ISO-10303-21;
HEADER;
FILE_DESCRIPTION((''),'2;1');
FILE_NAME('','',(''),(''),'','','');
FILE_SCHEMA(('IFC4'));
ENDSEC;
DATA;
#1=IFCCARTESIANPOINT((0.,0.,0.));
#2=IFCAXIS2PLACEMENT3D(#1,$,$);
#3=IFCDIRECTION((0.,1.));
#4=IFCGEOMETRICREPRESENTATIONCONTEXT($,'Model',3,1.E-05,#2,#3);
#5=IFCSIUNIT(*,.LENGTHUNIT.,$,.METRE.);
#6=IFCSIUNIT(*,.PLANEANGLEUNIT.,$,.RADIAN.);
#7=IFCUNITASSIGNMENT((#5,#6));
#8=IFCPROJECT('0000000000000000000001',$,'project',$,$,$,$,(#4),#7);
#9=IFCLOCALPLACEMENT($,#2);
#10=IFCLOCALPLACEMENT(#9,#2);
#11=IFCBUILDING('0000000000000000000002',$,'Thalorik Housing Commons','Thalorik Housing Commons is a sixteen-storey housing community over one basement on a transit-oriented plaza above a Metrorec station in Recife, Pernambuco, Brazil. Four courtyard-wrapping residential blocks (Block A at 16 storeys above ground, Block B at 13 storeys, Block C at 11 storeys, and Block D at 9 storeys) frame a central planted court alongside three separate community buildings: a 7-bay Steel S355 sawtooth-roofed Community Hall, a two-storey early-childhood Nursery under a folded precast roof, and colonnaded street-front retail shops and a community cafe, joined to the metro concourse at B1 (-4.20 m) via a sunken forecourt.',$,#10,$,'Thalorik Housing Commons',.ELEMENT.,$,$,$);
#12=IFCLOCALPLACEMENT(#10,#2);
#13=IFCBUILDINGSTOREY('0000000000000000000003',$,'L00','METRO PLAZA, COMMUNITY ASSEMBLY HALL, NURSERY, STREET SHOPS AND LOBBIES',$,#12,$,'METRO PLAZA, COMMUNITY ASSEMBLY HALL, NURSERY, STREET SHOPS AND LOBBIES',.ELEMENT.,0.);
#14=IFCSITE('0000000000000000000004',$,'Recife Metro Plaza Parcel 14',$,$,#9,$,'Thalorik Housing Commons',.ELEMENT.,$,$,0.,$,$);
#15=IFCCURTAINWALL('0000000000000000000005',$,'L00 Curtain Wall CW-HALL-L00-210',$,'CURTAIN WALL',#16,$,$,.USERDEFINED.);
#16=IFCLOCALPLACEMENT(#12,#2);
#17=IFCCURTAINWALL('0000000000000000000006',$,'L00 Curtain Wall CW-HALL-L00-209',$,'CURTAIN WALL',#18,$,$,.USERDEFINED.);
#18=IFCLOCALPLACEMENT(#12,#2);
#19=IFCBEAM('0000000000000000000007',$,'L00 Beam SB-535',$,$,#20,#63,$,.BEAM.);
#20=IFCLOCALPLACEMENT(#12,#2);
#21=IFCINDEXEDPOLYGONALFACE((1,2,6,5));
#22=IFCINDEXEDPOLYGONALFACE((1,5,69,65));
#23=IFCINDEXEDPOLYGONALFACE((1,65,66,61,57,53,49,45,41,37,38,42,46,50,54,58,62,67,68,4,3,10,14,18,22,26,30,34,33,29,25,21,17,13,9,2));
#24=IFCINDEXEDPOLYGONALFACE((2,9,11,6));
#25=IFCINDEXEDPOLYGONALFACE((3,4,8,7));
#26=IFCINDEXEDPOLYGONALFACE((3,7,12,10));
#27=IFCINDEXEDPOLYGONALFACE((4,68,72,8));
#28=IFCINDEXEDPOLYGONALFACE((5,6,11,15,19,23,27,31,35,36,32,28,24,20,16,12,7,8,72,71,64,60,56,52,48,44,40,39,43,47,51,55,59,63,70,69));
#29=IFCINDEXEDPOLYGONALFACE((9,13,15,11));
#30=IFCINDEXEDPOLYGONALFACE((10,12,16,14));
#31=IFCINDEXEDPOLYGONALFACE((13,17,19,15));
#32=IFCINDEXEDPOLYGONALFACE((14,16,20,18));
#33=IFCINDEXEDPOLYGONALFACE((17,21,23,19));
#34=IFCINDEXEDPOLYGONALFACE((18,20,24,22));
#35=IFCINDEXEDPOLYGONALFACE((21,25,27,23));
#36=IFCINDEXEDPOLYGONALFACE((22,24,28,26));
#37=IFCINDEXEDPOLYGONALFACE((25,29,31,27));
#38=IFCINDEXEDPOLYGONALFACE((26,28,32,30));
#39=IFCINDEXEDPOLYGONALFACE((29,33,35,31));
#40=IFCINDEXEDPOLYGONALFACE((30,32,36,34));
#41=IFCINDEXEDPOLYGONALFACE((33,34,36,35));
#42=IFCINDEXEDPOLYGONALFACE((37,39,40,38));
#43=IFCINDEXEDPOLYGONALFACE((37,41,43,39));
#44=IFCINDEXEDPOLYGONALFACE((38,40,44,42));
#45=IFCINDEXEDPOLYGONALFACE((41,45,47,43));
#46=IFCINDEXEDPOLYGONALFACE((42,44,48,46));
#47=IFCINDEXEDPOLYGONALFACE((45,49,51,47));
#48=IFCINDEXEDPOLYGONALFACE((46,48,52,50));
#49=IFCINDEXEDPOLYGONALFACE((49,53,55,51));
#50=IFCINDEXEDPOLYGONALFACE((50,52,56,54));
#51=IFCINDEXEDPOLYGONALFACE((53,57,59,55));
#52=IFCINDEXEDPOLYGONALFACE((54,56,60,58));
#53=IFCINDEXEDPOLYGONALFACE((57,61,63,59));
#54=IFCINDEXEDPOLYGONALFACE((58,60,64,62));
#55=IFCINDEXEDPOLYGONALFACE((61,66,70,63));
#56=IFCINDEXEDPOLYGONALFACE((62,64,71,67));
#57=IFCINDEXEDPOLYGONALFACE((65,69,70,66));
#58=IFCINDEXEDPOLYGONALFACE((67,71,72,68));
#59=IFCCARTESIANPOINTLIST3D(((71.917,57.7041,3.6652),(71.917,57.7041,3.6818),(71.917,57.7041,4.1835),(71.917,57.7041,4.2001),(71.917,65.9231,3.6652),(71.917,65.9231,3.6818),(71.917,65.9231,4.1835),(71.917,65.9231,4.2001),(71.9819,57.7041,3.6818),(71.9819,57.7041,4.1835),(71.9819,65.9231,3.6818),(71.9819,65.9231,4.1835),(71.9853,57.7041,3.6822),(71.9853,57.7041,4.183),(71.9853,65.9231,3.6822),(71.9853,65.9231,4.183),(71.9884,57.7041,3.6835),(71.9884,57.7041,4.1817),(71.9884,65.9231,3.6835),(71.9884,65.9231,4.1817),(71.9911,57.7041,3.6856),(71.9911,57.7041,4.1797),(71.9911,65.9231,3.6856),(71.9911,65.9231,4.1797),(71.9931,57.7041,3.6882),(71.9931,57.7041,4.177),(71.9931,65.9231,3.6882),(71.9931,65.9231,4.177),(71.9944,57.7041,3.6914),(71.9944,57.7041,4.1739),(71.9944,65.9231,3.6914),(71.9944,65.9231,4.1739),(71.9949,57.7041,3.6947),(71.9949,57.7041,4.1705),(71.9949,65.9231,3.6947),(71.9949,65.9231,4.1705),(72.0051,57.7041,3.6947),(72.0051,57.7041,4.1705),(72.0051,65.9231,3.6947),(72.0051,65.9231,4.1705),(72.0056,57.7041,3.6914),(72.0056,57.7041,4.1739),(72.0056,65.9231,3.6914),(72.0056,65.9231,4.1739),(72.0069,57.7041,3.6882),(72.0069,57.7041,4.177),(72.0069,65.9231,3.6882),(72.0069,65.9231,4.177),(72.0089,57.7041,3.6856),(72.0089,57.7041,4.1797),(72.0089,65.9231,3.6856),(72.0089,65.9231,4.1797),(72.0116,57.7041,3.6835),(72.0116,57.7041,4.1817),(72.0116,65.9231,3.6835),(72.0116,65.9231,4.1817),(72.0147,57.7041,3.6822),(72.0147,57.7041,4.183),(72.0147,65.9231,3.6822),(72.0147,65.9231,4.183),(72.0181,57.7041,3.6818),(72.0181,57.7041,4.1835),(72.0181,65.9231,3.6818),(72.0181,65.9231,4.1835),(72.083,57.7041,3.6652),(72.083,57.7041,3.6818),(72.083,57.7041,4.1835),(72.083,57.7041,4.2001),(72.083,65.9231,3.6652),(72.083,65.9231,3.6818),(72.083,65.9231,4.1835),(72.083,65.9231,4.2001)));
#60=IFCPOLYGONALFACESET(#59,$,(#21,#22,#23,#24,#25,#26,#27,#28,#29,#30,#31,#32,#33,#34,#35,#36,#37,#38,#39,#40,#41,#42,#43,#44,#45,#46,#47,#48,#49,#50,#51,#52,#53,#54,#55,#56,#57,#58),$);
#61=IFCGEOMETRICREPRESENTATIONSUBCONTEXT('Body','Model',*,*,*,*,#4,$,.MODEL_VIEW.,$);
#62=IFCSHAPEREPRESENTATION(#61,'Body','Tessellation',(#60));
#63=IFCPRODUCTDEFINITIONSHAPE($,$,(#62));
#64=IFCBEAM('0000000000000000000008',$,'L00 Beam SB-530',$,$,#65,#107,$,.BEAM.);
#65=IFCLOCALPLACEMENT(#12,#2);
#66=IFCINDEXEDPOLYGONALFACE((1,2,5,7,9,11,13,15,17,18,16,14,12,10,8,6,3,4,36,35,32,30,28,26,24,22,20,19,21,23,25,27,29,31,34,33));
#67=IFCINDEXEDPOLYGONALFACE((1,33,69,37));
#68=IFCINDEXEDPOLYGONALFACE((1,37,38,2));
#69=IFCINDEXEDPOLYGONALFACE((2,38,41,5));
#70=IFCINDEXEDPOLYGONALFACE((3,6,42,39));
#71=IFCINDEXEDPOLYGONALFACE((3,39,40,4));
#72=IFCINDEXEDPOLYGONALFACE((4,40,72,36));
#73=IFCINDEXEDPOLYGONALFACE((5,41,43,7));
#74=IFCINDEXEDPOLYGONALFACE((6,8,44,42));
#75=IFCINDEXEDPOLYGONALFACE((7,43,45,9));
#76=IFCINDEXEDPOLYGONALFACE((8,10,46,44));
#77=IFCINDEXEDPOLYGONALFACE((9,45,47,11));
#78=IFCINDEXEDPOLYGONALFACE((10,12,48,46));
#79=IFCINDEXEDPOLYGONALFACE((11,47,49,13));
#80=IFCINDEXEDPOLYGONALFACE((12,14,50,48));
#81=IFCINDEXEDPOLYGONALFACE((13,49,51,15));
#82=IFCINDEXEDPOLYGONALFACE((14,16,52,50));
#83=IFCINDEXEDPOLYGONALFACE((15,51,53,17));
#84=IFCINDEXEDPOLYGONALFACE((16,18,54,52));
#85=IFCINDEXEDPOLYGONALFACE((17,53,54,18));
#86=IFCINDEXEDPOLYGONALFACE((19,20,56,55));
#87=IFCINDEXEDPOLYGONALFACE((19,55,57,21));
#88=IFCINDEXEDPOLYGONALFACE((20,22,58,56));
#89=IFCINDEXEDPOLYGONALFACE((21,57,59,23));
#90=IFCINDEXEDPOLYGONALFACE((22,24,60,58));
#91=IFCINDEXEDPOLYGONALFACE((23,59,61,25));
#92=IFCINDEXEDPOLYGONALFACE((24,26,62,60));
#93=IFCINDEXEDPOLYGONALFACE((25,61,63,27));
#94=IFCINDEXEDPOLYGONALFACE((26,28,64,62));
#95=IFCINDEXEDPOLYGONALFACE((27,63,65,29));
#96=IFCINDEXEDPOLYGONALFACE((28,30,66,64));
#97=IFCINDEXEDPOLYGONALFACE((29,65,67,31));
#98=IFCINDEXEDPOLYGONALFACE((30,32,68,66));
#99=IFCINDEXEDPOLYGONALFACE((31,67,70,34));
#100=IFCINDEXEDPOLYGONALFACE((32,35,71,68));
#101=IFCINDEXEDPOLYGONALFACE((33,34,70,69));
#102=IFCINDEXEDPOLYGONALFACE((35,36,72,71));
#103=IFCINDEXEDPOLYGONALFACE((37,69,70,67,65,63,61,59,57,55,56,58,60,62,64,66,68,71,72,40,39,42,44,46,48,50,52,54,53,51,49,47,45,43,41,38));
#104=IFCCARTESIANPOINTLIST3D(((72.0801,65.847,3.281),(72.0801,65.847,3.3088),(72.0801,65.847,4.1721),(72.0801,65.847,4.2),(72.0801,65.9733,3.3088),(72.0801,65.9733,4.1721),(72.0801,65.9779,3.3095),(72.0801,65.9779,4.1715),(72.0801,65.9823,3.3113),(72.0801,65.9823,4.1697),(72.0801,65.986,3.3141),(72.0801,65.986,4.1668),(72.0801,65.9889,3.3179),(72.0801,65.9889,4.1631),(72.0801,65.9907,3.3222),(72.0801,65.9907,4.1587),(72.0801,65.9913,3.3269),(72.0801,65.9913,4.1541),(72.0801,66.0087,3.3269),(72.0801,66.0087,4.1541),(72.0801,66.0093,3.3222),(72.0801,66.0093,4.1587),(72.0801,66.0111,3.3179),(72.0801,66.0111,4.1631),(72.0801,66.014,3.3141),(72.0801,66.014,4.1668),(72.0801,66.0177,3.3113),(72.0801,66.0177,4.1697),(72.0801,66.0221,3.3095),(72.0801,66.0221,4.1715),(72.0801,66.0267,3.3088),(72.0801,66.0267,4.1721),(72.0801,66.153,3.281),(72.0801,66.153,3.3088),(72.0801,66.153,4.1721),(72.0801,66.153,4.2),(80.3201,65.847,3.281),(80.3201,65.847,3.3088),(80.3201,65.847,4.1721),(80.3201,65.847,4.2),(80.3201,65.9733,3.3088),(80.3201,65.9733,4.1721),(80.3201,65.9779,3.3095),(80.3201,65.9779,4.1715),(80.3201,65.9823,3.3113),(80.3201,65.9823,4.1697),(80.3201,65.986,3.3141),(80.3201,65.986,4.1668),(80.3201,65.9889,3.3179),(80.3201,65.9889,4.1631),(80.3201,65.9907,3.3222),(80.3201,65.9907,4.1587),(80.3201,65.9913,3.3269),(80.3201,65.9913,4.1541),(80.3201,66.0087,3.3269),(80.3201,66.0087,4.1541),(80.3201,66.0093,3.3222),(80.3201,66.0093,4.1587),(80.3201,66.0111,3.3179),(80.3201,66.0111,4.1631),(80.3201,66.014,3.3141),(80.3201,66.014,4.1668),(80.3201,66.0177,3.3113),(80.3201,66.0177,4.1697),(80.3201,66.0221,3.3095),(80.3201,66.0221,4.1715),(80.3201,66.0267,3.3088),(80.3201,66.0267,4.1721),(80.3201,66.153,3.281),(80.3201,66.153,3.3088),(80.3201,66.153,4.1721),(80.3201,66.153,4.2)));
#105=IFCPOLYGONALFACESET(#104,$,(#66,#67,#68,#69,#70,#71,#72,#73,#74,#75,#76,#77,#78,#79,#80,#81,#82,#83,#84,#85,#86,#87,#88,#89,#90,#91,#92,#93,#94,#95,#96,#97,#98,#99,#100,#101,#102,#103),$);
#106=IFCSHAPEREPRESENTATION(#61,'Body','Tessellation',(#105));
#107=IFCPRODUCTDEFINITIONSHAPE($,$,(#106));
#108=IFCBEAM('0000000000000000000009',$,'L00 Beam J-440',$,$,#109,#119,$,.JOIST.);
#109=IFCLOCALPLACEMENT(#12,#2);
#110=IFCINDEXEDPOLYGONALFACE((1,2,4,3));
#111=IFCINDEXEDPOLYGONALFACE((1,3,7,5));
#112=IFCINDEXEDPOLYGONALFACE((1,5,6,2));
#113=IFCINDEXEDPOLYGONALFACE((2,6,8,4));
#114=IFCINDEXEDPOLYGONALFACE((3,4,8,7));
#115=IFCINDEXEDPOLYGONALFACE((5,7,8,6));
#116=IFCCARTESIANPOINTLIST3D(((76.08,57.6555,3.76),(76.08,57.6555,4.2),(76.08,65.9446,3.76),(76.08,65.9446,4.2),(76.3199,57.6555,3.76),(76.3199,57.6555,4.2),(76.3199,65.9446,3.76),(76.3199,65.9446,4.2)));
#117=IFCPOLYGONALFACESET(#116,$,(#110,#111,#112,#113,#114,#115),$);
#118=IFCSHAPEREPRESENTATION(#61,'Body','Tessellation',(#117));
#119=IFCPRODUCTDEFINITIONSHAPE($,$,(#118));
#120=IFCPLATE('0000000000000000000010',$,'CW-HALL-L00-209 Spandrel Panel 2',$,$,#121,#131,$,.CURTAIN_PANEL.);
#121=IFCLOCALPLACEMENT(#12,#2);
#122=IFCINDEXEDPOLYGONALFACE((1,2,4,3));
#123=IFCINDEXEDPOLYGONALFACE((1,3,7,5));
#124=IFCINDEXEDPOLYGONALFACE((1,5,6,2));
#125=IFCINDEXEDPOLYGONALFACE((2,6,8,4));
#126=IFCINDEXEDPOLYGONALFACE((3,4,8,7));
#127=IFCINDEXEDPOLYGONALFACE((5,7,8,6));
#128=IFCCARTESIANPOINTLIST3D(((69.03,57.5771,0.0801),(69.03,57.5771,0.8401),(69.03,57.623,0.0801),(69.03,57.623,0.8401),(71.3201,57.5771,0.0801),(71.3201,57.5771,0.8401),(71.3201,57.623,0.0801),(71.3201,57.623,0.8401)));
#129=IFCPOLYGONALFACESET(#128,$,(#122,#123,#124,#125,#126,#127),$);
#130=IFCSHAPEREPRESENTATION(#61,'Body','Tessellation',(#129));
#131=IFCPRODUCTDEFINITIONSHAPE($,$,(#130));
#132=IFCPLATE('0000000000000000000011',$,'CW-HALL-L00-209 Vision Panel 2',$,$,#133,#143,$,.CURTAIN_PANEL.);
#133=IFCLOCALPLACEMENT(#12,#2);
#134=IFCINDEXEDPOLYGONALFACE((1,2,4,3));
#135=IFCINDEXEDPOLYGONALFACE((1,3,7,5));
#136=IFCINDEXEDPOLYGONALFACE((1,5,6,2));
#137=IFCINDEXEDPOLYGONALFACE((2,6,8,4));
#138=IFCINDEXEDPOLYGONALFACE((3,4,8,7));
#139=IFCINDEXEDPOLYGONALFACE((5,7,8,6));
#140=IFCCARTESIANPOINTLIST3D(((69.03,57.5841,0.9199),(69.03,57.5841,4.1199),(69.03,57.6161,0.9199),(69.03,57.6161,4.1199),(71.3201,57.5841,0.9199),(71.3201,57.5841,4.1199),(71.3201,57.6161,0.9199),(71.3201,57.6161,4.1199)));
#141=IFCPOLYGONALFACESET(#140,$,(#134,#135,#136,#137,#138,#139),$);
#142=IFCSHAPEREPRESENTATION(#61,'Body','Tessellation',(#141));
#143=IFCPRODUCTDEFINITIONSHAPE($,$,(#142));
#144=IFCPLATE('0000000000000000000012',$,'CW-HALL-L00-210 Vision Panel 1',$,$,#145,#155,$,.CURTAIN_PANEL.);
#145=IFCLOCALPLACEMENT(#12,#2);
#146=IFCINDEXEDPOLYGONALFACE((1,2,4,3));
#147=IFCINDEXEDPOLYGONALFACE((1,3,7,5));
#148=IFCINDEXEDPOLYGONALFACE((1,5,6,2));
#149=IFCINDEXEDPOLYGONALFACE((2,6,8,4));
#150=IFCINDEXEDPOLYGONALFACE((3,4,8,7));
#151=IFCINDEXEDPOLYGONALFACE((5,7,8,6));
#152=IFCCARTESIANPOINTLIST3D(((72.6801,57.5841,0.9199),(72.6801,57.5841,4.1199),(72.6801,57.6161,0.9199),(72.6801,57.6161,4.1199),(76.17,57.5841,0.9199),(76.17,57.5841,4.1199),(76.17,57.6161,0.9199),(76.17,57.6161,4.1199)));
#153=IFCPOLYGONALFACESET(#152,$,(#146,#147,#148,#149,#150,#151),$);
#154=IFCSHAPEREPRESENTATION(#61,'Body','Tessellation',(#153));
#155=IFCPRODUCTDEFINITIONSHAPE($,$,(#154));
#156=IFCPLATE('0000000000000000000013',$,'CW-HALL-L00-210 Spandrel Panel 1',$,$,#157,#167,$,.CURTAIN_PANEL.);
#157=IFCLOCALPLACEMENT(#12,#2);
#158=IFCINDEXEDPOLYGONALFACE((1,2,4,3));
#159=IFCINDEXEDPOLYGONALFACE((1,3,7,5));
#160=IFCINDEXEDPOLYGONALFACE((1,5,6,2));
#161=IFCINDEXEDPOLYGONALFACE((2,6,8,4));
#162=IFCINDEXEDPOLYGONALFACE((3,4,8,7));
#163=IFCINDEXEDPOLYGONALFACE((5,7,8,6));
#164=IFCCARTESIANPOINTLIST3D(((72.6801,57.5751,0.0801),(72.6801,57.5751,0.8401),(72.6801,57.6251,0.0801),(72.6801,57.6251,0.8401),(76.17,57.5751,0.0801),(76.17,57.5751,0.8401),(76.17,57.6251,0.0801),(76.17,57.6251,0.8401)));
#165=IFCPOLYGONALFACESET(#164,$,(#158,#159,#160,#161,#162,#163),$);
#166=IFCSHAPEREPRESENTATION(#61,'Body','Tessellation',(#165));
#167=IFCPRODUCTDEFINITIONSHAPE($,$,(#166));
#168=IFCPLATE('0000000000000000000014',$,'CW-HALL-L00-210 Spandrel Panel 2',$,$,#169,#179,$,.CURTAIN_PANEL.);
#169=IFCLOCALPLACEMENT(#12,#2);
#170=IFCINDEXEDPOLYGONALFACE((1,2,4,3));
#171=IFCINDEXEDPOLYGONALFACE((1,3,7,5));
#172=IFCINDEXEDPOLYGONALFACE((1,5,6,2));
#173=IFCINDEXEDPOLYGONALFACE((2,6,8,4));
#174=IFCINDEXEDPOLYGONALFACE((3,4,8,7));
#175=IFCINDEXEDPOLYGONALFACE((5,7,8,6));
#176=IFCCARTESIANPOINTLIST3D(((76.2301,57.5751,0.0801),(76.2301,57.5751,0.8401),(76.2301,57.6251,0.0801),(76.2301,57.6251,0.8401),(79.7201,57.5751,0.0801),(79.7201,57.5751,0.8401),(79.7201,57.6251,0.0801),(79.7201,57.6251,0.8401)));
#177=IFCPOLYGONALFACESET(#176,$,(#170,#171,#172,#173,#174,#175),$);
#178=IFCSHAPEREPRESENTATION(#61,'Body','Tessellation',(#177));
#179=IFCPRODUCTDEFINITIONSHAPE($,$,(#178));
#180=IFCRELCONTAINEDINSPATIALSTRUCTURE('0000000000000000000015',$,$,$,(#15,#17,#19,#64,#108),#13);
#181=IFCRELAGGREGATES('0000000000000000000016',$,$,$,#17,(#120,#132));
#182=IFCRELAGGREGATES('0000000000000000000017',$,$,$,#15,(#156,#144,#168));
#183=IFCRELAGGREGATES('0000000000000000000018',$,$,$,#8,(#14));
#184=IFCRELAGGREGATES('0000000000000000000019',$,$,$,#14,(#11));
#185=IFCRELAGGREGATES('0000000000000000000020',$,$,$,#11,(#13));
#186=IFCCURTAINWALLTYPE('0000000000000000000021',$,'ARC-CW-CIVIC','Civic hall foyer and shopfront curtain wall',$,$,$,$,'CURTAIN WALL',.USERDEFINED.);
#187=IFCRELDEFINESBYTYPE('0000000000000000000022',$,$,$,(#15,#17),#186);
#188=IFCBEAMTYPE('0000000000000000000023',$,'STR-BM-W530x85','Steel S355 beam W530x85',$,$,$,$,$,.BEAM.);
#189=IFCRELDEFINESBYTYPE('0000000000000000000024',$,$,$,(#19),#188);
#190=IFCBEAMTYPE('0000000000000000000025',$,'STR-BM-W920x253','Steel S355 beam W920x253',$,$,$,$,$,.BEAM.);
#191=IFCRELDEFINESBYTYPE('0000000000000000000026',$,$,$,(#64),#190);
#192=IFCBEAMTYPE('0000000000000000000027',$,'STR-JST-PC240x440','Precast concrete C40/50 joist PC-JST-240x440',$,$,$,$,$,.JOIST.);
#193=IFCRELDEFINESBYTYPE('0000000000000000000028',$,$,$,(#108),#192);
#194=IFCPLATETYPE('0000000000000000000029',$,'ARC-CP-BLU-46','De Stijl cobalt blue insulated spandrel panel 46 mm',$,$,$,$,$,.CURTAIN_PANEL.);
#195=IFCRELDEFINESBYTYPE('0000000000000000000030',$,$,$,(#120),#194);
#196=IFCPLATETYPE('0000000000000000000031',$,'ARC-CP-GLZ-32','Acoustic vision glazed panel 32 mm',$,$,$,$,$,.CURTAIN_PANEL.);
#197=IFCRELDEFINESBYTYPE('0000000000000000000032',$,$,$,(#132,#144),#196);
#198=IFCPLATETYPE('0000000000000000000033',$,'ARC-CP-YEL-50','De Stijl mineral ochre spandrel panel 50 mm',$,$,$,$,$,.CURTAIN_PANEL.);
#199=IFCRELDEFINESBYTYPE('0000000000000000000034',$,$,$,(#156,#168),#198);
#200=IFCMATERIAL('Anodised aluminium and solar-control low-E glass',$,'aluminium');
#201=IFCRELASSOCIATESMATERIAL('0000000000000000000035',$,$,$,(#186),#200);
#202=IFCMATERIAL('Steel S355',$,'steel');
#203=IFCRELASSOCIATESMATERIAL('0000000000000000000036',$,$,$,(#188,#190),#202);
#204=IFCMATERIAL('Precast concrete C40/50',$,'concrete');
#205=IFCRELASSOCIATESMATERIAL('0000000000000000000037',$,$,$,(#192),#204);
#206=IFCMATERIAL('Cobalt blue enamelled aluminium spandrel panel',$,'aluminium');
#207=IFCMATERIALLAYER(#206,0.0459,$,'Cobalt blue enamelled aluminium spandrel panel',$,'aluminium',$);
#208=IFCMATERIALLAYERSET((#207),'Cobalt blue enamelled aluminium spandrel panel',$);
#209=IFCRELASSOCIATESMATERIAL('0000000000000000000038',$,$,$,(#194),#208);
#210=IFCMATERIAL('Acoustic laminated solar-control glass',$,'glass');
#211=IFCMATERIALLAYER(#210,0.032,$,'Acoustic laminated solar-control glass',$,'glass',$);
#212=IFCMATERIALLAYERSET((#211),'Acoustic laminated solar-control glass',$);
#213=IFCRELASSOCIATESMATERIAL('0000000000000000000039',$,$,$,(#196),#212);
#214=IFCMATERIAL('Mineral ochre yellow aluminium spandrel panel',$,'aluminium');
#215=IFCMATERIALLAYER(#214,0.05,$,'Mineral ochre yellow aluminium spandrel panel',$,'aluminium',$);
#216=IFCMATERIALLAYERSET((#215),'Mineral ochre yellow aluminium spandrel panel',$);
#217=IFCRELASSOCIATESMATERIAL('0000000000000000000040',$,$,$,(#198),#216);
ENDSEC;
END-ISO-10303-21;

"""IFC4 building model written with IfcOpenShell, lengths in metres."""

from ifc_helpers import new_model, si_unit, direction, frame, origin, origin_2d, place, context, subcontext, project, spatial, rectangle, i_section, extrude, material, layer, layer_set, material_profile, profile_set, type_object, element, aggregate, save


model = new_model("IFC4")

# Units and contexts
model_context = context("Model", 3, precision=1e-05, world=origin(), true_north=direction((0.0, 1.0)))
body_context = subcontext(model_context, "Body", "Model", "MODEL_VIEW")
ifc_project = project(units=[si_unit("LENGTHUNIT", "METRE"), si_unit("PLANEANGLEUNIT", "RADIAN")], contexts=[model_context])

# Site, building, storey
site_placement = place(None, origin())
site = spatial("IfcSite", under=ifc_project, at=site_placement, Name="Recife Metro Plaza Parcel 14", LongName="Thalorik Housing Commons", CompositionType="ELEMENT", RefElevation=0.0)
building_placement = place(site_placement, origin())
building = spatial("IfcBuilding", under=site, at=building_placement, Name="Thalorik Housing Commons", Description="Thalorik Housing Commons is a sixteen-storey housing community over one basement on a transit-oriented plaza above a Metrorec station in Recife, Pernambuco, Brazil. Four courtyard-wrapping residential blocks (Block A at 16 storeys above ground, Block B at 13 storeys, Block C at 11 storeys, and Block D at 9 storeys) frame a central planted court alongside three separate community buildings: a 7-bay Steel S355 sawtooth-roofed Community Hall, a two-storey early-childhood Nursery under a folded precast roof, and colonnaded street-front retail shops and a community cafe, joined to the metro concourse at B1 (-4.20 m) via a sunken forecourt.", LongName="Thalorik Housing Commons", CompositionType="ELEMENT")
storey_placement = place(building_placement, origin())
storey = spatial("IfcBuildingStorey", under=building, at=storey_placement, Name="L00", Description="METRO PLAZA, COMMUNITY ASSEMBLY HALL, NURSERY, STREET SHOPS AND LOBBIES", LongName="METRO PLAZA, COMMUNITY ASSEMBLY HALL, NURSERY, STREET SHOPS AND LOBBIES", CompositionType="ELEMENT", Elevation=0.0)

# Shared definitions
ifc_material_1 = material(Name="Steel S355", Category="steel")

# Curtain walls
ifc_material_2 = material(Name="Anodised aluminium and solar-control low-E glass", Category="aluminium")
curtain_wall_type = type_object("IfcCurtainWallType", Name="ARC-CW-CIVIC", Description="Civic hall foyer and shopfront curtain wall", ElementType="CURTAIN WALL", PredefinedType="USERDEFINED", material=ifc_material_2)
curtain_wall_1_placement = place(storey_placement, origin())
curtain_wall_1 = element("IfcCurtainWall", 1, at=curtain_wall_1_placement, inside=storey, type_object=curtain_wall_type, Name="L00 Curtain Wall CW-HALL-L00-210", ObjectType="CURTAIN WALL", PredefinedType="USERDEFINED")
curtain_wall_2_placement = place(storey_placement, origin())
curtain_wall_2 = element("IfcCurtainWall", 2, at=curtain_wall_2_placement, inside=storey, type_object=curtain_wall_type, Name="L00 Curtain Wall CW-HALL-L00-209", ObjectType="CURTAIN WALL", PredefinedType="USERDEFINED")

# Beams
ifc_material_profile_1 = material_profile(ifc_material_1, i_section(OverallWidth=0.166, OverallDepth=0.5349, WebThickness=0.0103, FlangeThickness=0.0166, FilletRadius=0.0129, at=origin_2d()), Name="W530x85", Category="steel")
ifc_profile_set_1 = profile_set([ifc_material_profile_1], Name="Steel S355")
beam_type_1 = type_object("IfcBeamType", Name="STR-BM-W530x85", Description="Steel S355 beam W530x85", PredefinedType="BEAM", material=ifc_profile_set_1)
beam_1_placement = place(storey_placement, frame((72.0, 57.7041, 3.9326), z_axis=(0.0, 1.0, 0.0), x_axis=(-1.0, 0.0, 0.0)))
element("IfcBeam", 3, at=beam_1_placement, inside=storey, type_object=beam_type_1, Name="L00 Beam SB-535", PredefinedType="BEAM", context=body_context, shape_type="SweptSolid", body=[
    extrude(i_section(OverallWidth=0.166, OverallDepth=0.5349, WebThickness=0.0103, FlangeThickness=0.0166, FilletRadius=0.0129, at=origin_2d()), origin(), (0.0, 0.0, 1.0), 8.219),
])
ifc_material_profile_2 = material_profile(ifc_material_1, i_section(OverallWidth=0.3059, OverallDepth=0.9189, WebThickness=0.0173, FlangeThickness=0.0278, FilletRadius=0.0181, at=origin_2d()), Name="W920x253", Category="steel")
ifc_profile_set_2 = profile_set([ifc_material_profile_2], Name="Steel S355")
beam_type_2 = type_object("IfcBeamType", Name="STR-BM-W920x253", Description="Steel S355 beam W920x253", PredefinedType="BEAM", material=ifc_profile_set_2)
beam_2_placement = place(storey_placement, frame((72.0801, 66.0, 3.7405), z_axis=(1.0, 0.0, 0.0), x_axis=(0.0, 1.0, 0.0)))
element("IfcBeam", 4, at=beam_2_placement, inside=storey, type_object=beam_type_2, Name="L00 Beam SB-530", PredefinedType="BEAM", context=body_context, shape_type="SweptSolid", body=[
    extrude(i_section(OverallWidth=0.3059, OverallDepth=0.9189, WebThickness=0.0173, FlangeThickness=0.0278, FilletRadius=0.0181, at=origin_2d()), origin(), (0.0, 0.0, 1.0), 8.24),
])
ifc_material_3 = material(Name="Precast concrete C40/50", Category="concrete")
ifc_material_profile_3 = material_profile(ifc_material_3, rectangle(XDim=0.24, YDim=0.4399, at=origin_2d()), Name="PC JST 240x440", Category="concrete")
ifc_profile_set_3 = profile_set([ifc_material_profile_3], Name="Precast concrete C40/50")
beam_type_3 = type_object("IfcBeamType", Name="STR-JST-PC240x440", Description="Precast concrete C40/50 joist PC-JST-240x440", PredefinedType="JOIST", material=ifc_profile_set_3)
beam_3_placement = place(storey_placement, frame((76.2, 57.6555, 3.98), z_axis=(0.0, 1.0, 0.0), x_axis=(-1.0, 0.0, 0.0)))
element("IfcBeam", 5, at=beam_3_placement, inside=storey, type_object=beam_type_3, Name="L00 Beam J-440", PredefinedType="JOIST", context=body_context, shape_type="SweptSolid", body=[
    extrude(rectangle(XDim=0.24, YDim=0.4399, at=origin_2d()), origin(), (0.0, 0.0, 1.0), 8.2891),
])

# Plates
ifc_material_4 = material(Name="Cobalt blue enamelled aluminium spandrel panel", Category="aluminium")
ifc_layer_1 = layer(ifc_material_4, 0.0459, Name="Cobalt blue enamelled aluminium spandrel panel", Category="aluminium")
ifc_layer_set_1 = layer_set([ifc_layer_1], Name="Cobalt blue enamelled aluminium spandrel panel")
plate_type_1 = type_object("IfcPlateType", Name="ARC-CP-BLU-46", Description="De Stijl cobalt blue insulated spandrel panel 46 mm", PredefinedType="CURTAIN_PANEL", material=ifc_layer_set_1)
plate_1_placement = place(storey_placement, frame((70.175, 57.6001, 0.0801), z_axis=(0.0, 0.0, 1.0), x_axis=(1.0, 0.0, 0.0)))
plate_1 = element("IfcPlate", 6, at=plate_1_placement, type_object=plate_type_1, Name="CW-HALL-L00-209 Spandrel Panel 2", PredefinedType="CURTAIN_PANEL", context=body_context, shape_type="SweptSolid", body=[
    extrude(rectangle(XDim=2.29, YDim=0.0459, at=origin_2d()), origin(), (0.0, 0.0, 1.0), 0.76),
])
ifc_material_5 = material(Name="Acoustic laminated solar-control glass", Category="glass")
ifc_layer_2 = layer(ifc_material_5, 0.032, Name="Acoustic laminated solar-control glass", Category="glass")
ifc_layer_set_2 = layer_set([ifc_layer_2], Name="Acoustic laminated solar-control glass")
plate_type_2 = type_object("IfcPlateType", Name="ARC-CP-GLZ-32", Description="Acoustic vision glazed panel 32 mm", PredefinedType="CURTAIN_PANEL", material=ifc_layer_set_2)
plate_2_placement = place(storey_placement, frame((70.175, 57.6001, 0.9199), z_axis=(0.0, 0.0, 1.0), x_axis=(1.0, 0.0, 0.0)))
plate_2 = element("IfcPlate", 7, at=plate_2_placement, type_object=plate_type_2, Name="CW-HALL-L00-209 Vision Panel 2", PredefinedType="CURTAIN_PANEL", context=body_context, shape_type="SweptSolid", body=[
    extrude(rectangle(XDim=2.29, YDim=0.032, at=origin_2d()), origin(), (0.0, 0.0, 1.0), 3.2),
])
aggregate(curtain_wall_2, [plate_1, plate_2])
plate_3_placement = place(storey_placement, frame((74.425, 57.6001, 0.9199), z_axis=(0.0, 0.0, 1.0), x_axis=(1.0, 0.0, 0.0)))
plate_3 = element("IfcPlate", 8, at=plate_3_placement, type_object=plate_type_2, Name="CW-HALL-L00-210 Vision Panel 1", PredefinedType="CURTAIN_PANEL", context=body_context, shape_type="SweptSolid", body=[
    extrude(rectangle(XDim=3.49, YDim=0.032, at=origin_2d()), origin(), (0.0, 0.0, 1.0), 3.2),
])
ifc_material_6 = material(Name="Mineral ochre yellow aluminium spandrel panel", Category="aluminium")
ifc_layer_3 = layer(ifc_material_6, 0.05, Name="Mineral ochre yellow aluminium spandrel panel", Category="aluminium")
ifc_layer_set_3 = layer_set([ifc_layer_3], Name="Mineral ochre yellow aluminium spandrel panel")
plate_type_3 = type_object("IfcPlateType", Name="ARC-CP-YEL-50", Description="De Stijl mineral ochre spandrel panel 50 mm", PredefinedType="CURTAIN_PANEL", material=ifc_layer_set_3)
plate_4_placement = place(storey_placement, frame((74.425, 57.6001, 0.0801), z_axis=(0.0, 0.0, 1.0), x_axis=(1.0, 0.0, 0.0)))
plate_4 = element("IfcPlate", 9, at=plate_4_placement, type_object=plate_type_3, Name="CW-HALL-L00-210 Spandrel Panel 1", PredefinedType="CURTAIN_PANEL", context=body_context, shape_type="SweptSolid", body=[
    extrude(rectangle(XDim=3.49, YDim=0.05, at=origin_2d()), origin(), (0.0, 0.0, 1.0), 0.76),
])
plate_5_placement = place(storey_placement, frame((77.9751, 57.6001, 0.0801), z_axis=(0.0, 0.0, 1.0), x_axis=(1.0, 0.0, 0.0)))
plate_5 = element("IfcPlate", 10, at=plate_5_placement, type_object=plate_type_3, Name="CW-HALL-L00-210 Spandrel Panel 2", PredefinedType="CURTAIN_PANEL", context=body_context, shape_type="SweptSolid", body=[
    extrude(rectangle(XDim=3.49, YDim=0.05, at=origin_2d()), origin(), (0.0, 0.0, 1.0), 0.76),
])
aggregate(curtain_wall_1, [plate_4, plate_3, plate_5])

save(model, "model.ifc")
